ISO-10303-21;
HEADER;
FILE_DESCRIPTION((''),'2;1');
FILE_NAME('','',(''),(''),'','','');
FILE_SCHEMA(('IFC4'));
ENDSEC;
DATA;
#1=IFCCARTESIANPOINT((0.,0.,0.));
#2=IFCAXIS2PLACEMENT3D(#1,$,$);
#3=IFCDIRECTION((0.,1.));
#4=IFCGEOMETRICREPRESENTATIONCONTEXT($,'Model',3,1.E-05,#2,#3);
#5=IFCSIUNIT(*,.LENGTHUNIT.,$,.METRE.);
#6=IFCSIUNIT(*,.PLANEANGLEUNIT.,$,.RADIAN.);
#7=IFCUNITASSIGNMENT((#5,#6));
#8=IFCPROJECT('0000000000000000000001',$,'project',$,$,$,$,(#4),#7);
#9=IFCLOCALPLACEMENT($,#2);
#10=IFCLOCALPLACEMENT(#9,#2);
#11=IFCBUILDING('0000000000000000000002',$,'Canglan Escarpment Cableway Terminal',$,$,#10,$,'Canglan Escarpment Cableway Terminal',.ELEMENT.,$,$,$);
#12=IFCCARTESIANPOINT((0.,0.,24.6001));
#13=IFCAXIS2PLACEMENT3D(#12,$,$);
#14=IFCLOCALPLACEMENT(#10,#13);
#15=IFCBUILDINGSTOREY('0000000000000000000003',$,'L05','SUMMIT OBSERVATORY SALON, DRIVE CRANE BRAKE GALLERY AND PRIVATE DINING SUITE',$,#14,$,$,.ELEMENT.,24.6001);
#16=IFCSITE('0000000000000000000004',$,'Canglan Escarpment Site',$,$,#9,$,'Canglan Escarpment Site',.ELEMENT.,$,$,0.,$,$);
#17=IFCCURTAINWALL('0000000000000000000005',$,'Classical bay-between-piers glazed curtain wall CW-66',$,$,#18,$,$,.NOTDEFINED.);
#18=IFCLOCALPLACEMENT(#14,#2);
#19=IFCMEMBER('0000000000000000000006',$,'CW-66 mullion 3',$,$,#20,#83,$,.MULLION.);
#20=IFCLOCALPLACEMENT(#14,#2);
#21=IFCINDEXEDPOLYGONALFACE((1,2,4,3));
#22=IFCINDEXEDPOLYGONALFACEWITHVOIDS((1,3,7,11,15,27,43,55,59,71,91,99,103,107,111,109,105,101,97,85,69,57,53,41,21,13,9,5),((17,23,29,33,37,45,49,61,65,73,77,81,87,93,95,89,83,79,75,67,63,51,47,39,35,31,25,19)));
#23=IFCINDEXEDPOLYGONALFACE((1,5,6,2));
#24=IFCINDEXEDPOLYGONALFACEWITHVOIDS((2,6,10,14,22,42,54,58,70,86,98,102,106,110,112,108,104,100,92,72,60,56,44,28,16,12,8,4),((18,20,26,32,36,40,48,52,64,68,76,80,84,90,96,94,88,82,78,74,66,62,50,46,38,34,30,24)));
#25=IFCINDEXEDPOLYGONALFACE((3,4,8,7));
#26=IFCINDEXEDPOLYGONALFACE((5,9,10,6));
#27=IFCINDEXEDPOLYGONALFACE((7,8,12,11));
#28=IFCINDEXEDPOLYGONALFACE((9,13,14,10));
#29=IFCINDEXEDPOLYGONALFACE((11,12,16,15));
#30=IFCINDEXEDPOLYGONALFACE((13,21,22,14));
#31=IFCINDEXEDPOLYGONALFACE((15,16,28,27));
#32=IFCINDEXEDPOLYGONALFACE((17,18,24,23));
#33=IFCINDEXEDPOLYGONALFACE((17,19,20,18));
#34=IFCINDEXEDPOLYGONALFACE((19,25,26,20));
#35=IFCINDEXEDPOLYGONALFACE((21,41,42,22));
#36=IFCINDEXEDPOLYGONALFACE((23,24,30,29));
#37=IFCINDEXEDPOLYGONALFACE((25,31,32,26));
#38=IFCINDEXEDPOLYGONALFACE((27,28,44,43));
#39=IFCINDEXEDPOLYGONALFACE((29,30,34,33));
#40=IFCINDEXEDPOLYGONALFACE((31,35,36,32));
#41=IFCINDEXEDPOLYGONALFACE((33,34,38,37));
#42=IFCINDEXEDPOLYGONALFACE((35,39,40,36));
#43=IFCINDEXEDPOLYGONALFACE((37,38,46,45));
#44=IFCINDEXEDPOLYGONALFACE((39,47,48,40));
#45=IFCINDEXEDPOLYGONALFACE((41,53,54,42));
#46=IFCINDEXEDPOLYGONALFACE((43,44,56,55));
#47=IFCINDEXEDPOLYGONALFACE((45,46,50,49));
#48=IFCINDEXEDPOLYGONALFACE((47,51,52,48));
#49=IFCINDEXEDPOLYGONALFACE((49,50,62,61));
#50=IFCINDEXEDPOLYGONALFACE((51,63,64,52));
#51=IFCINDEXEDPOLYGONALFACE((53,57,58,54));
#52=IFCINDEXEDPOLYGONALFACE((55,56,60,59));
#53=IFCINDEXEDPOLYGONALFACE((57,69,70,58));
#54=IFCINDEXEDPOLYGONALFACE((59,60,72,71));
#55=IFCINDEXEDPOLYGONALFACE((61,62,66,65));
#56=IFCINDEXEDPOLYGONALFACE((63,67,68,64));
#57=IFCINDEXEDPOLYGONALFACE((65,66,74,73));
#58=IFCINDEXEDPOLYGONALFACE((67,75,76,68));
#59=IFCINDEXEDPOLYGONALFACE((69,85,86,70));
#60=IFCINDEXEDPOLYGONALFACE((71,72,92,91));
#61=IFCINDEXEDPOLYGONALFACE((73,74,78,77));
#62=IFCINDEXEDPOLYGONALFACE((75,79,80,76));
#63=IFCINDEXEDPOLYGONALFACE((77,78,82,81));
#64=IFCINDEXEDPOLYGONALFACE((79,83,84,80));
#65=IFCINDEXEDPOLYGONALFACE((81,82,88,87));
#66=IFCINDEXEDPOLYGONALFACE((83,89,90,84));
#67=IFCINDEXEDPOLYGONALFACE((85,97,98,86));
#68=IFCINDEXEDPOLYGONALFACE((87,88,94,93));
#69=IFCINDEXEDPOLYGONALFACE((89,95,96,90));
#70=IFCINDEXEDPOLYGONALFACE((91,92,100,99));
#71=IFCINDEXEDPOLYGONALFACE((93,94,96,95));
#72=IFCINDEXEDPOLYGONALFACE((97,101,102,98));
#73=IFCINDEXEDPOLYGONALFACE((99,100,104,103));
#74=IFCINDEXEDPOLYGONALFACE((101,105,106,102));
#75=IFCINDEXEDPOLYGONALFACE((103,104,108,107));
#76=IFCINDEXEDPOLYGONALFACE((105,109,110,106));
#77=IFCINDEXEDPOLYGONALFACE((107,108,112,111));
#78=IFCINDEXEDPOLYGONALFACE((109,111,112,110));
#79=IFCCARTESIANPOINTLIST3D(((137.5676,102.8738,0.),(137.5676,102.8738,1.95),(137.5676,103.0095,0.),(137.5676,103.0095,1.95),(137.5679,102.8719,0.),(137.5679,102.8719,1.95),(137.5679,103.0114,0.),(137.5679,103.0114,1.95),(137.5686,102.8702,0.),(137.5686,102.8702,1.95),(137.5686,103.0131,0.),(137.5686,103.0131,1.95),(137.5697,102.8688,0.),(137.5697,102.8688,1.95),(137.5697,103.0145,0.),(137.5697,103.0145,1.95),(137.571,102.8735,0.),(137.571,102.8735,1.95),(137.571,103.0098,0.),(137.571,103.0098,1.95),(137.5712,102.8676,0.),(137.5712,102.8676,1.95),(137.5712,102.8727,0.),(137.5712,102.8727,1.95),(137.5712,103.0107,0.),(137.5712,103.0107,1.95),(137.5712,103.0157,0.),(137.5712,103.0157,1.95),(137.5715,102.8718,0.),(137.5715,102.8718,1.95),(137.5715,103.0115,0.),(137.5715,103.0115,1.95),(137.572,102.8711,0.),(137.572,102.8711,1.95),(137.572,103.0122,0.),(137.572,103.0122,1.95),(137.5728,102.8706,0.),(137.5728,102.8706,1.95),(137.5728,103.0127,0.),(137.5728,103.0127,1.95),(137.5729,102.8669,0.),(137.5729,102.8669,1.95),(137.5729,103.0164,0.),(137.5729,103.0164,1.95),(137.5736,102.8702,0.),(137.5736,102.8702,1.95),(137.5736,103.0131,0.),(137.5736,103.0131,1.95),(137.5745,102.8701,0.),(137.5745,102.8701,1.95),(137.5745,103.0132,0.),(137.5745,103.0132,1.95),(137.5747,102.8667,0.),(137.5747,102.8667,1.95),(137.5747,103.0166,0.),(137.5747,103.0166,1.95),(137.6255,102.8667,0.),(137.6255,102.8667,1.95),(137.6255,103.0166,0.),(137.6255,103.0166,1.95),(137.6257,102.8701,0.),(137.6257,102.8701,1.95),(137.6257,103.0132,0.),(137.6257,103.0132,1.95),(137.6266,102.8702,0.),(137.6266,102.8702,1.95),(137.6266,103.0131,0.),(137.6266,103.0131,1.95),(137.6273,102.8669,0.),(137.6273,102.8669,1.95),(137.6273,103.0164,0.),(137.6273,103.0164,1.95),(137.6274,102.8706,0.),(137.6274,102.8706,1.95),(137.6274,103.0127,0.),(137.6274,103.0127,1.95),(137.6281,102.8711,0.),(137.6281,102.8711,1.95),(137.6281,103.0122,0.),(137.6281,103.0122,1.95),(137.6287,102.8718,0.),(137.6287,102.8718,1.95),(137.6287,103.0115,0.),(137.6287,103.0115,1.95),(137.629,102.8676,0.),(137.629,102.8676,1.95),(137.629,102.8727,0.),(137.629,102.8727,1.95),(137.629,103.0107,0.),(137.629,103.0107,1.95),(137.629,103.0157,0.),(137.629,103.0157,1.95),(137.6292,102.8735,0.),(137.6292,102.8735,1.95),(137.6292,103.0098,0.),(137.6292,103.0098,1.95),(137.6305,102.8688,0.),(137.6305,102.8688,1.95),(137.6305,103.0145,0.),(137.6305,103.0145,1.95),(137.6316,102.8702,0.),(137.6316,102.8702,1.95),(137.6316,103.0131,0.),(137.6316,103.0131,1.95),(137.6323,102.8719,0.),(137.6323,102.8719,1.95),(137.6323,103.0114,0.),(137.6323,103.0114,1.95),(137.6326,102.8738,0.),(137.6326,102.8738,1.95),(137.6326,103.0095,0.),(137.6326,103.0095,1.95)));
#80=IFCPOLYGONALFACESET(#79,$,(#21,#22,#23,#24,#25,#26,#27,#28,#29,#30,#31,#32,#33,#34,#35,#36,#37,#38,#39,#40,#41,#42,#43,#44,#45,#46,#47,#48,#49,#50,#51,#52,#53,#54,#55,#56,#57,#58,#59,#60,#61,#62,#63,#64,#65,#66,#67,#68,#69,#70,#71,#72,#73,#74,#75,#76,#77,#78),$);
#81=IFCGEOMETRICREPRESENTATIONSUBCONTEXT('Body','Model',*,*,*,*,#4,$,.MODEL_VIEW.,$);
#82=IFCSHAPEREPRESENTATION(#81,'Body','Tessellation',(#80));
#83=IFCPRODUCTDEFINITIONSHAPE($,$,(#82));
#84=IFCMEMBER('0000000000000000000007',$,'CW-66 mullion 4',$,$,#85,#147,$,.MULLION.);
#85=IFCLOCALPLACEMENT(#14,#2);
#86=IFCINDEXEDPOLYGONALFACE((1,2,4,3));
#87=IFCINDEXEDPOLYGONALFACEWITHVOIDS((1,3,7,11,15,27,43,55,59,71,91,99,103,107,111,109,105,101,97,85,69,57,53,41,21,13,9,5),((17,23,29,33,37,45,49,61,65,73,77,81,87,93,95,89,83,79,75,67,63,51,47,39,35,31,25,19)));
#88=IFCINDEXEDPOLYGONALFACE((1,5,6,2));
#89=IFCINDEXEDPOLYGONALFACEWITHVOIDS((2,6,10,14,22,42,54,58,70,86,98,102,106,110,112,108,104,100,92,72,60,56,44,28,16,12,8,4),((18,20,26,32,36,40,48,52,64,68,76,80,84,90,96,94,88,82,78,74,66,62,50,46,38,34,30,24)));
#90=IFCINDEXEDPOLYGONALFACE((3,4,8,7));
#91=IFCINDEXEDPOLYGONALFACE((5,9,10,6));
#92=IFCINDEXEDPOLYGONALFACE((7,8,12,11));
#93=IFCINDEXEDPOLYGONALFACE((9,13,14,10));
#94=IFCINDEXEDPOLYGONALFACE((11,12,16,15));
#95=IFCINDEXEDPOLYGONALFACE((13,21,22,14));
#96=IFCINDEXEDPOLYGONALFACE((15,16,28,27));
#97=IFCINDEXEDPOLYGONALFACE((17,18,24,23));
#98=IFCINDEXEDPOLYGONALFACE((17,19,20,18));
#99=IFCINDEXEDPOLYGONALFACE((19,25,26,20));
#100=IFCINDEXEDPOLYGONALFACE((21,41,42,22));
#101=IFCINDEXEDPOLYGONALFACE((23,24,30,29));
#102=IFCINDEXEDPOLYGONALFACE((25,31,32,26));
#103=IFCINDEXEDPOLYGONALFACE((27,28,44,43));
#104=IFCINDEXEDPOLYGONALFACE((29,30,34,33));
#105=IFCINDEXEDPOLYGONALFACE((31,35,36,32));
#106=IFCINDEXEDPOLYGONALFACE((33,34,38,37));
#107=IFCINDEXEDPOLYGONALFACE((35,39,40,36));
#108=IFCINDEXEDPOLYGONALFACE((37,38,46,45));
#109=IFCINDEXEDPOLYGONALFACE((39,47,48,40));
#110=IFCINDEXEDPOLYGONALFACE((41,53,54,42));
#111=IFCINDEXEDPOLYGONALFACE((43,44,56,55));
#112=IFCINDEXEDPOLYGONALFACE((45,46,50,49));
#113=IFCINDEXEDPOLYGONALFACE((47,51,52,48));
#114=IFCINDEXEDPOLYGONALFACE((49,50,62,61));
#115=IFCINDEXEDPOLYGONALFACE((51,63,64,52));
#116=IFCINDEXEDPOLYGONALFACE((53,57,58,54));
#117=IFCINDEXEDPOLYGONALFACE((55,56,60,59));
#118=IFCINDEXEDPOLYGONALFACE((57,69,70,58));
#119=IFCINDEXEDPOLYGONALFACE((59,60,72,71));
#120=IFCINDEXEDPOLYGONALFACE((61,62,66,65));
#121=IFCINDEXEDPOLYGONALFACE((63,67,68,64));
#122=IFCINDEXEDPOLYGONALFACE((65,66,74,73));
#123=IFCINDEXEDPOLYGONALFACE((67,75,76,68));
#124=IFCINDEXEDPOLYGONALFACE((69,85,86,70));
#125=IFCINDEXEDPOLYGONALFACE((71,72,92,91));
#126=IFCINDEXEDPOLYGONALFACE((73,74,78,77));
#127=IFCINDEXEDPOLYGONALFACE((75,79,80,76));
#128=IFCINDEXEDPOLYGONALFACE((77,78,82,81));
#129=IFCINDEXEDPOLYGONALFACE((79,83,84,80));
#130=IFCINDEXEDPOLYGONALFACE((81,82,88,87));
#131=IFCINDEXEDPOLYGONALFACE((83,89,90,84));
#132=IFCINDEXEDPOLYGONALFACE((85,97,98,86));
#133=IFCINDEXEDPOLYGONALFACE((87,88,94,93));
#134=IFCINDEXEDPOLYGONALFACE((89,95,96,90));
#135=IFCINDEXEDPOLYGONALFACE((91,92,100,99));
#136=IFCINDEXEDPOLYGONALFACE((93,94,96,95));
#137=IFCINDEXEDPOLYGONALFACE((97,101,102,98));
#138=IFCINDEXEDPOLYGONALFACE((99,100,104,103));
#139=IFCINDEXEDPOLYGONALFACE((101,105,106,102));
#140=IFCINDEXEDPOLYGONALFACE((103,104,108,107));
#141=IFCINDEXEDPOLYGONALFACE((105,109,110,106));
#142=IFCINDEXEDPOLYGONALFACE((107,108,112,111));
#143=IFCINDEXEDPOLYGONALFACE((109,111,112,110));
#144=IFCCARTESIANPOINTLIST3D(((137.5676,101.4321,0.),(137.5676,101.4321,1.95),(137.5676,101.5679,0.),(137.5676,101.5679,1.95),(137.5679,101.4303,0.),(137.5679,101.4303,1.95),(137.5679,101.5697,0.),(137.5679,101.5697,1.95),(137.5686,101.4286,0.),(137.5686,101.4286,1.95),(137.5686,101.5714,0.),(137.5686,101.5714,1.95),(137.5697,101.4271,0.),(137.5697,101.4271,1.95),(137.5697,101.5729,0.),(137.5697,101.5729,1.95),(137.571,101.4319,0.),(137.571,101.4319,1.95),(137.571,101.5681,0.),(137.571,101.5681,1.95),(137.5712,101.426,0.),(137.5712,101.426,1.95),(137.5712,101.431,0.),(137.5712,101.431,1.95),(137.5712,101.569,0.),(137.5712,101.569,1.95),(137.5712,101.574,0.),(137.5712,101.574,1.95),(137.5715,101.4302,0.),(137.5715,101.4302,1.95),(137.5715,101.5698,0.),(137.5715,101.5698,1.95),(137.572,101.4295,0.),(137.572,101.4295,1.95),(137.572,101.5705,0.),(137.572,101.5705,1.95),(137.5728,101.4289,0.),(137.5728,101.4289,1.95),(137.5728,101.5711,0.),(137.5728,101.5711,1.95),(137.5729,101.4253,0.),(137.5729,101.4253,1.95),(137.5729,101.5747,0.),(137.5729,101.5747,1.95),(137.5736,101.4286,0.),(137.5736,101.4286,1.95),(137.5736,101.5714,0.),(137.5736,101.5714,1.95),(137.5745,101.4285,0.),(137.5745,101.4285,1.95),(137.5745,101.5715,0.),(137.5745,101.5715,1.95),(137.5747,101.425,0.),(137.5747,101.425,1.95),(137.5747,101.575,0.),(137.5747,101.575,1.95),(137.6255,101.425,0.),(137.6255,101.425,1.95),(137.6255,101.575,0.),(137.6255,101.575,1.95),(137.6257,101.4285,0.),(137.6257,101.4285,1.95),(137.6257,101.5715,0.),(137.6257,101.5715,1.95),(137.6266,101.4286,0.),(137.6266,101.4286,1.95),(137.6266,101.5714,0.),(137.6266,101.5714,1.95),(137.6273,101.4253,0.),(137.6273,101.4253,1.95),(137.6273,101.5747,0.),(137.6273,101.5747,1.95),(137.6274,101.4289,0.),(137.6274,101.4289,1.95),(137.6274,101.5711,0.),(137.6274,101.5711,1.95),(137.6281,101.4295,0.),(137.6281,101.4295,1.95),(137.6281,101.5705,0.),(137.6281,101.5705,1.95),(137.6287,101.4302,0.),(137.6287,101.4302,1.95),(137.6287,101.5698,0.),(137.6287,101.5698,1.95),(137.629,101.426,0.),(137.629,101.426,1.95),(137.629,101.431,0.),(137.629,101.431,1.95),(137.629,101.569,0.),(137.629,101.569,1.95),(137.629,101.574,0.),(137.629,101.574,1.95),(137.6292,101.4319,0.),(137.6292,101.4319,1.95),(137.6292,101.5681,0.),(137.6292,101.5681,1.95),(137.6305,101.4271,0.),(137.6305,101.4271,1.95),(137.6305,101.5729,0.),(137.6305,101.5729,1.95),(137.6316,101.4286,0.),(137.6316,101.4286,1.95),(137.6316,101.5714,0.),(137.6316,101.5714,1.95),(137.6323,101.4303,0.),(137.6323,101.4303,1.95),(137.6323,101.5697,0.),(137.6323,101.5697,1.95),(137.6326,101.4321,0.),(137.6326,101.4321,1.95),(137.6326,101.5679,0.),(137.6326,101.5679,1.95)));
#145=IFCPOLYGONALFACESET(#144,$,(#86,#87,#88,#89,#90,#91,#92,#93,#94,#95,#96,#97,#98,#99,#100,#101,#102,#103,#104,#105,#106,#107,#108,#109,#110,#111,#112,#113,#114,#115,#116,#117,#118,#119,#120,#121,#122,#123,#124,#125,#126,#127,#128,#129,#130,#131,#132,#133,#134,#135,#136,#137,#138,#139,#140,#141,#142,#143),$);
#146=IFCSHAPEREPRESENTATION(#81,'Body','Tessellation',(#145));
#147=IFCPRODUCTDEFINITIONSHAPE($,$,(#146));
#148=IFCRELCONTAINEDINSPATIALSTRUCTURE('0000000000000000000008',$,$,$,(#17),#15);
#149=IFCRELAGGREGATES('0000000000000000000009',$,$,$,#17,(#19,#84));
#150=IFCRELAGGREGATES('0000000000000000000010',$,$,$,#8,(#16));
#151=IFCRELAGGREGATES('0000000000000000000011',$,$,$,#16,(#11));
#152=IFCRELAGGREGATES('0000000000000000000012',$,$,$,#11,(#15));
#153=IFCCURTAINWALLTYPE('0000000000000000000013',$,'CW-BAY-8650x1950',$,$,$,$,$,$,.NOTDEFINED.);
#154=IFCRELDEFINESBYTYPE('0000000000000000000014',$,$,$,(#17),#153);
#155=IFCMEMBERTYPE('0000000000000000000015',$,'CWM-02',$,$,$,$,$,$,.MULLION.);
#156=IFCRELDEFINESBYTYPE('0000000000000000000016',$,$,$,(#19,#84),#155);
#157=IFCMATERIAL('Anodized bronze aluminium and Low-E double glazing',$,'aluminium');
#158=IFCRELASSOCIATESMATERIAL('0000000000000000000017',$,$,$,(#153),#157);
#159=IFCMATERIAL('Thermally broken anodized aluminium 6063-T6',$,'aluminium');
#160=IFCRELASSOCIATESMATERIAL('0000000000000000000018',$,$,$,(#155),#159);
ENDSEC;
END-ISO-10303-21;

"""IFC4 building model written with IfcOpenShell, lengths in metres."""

from ifc_helpers import new_model, si_unit, direction, frame, origin, origin_2d, place, context, subcontext, project, spatial, hollow_rectangle, extrude, material, material_profile, profile_set, type_object, element, aggregate, save


model = new_model("IFC4")

# Units and contexts
model_context = context("Model", 3, precision=1e-05, world=origin(), true_north=direction((0.0, 1.0)))
body_context = subcontext(model_context, "Body", "Model", "MODEL_VIEW")
ifc_project = project(units=[si_unit("LENGTHUNIT", "METRE"), si_unit("PLANEANGLEUNIT", "RADIAN")], contexts=[model_context])

# Site, building, storey
site_placement = place(None, origin())
site = spatial("IfcSite", under=ifc_project, at=site_placement, Name="Canglan Escarpment Site", LongName="Canglan Escarpment Site", CompositionType="ELEMENT", RefElevation=0.0)
building_placement = place(site_placement, origin())
building = spatial("IfcBuilding", under=site, at=building_placement, Name="Canglan Escarpment Cableway Terminal", LongName="Canglan Escarpment Cableway Terminal", CompositionType="ELEMENT")
storey_placement = place(building_placement, frame((0.0, 0.0, 24.6001)))
storey = spatial("IfcBuildingStorey", under=building, at=storey_placement, Name="L05", Description="SUMMIT OBSERVATORY SALON, DRIVE CRANE BRAKE GALLERY AND PRIVATE DINING SUITE", CompositionType="ELEMENT", Elevation=24.6001)

# Curtain wall, members
ifc_material_1 = material(Name="Anodized bronze aluminium and Low-E double glazing", Category="aluminium")
curtain_wall_type = type_object("IfcCurtainWallType", Name="CW-BAY-8650x1950", PredefinedType="NOTDEFINED", material=ifc_material_1)
curtain_wall_placement = place(storey_placement, origin())
curtain_wall = element("IfcCurtainWall", 1, at=curtain_wall_placement, inside=storey, type_object=curtain_wall_type, Name="Classical bay-between-piers glazed curtain wall CW-66", PredefinedType="NOTDEFINED")
ifc_material_2 = material(Name="Thermally broken anodized aluminium 6063-T6", Category="aluminium")
ifc_material_profile_1 = material_profile(ifc_material_2, hollow_rectangle(XDim=0.0649, YDim=0.1499, WallThickness=0.0034, InnerFilletRadius=0.0034, OuterFilletRadius=0.0071, at=origin_2d()), Name="ALU-MULL 65x150x3.5")
ifc_profile_set_1 = profile_set([ifc_material_profile_1], Name="Thermally broken anodized aluminium 6063-T6")
member_type_1 = type_object("IfcMemberType", Name="CWM-02", PredefinedType="MULLION", material=ifc_profile_set_1)
member_1_placement = place(storey_placement, frame((137.6001, 102.9417, 0.0), z_axis=(0.0, 0.0, 1.0), x_axis=(1.0, 0.0, 0.0)))
member_1 = element("IfcMember", 2, at=member_1_placement, type_object=member_type_1, Name="CW-66 mullion 3", PredefinedType="MULLION", context=body_context, shape_type="SweptSolid", body=[
    extrude(hollow_rectangle(XDim=0.0649, YDim=0.1499, WallThickness=0.0034, InnerFilletRadius=0.0034, OuterFilletRadius=0.0071, at=origin_2d()), origin(), (0.0, 0.0, 1.0), 1.95),
])
member_2_placement = place(storey_placement, frame((137.6001, 101.5, 0.0), z_axis=(0.0, 0.0, 1.0), x_axis=(1.0, 0.0, 0.0)))
member_2 = element("IfcMember", 3, at=member_2_placement, type_object=member_type_1, Name="CW-66 mullion 4", PredefinedType="MULLION", context=body_context, shape_type="SweptSolid", body=[
    extrude(hollow_rectangle(XDim=0.0649, YDim=0.1499, WallThickness=0.0034, InnerFilletRadius=0.0034, OuterFilletRadius=0.0071, at=origin_2d()), origin(), (0.0, 0.0, 1.0), 1.95),
])

aggregate(curtain_wall, [member_1, member_2])

save(model, "model.ifc")
